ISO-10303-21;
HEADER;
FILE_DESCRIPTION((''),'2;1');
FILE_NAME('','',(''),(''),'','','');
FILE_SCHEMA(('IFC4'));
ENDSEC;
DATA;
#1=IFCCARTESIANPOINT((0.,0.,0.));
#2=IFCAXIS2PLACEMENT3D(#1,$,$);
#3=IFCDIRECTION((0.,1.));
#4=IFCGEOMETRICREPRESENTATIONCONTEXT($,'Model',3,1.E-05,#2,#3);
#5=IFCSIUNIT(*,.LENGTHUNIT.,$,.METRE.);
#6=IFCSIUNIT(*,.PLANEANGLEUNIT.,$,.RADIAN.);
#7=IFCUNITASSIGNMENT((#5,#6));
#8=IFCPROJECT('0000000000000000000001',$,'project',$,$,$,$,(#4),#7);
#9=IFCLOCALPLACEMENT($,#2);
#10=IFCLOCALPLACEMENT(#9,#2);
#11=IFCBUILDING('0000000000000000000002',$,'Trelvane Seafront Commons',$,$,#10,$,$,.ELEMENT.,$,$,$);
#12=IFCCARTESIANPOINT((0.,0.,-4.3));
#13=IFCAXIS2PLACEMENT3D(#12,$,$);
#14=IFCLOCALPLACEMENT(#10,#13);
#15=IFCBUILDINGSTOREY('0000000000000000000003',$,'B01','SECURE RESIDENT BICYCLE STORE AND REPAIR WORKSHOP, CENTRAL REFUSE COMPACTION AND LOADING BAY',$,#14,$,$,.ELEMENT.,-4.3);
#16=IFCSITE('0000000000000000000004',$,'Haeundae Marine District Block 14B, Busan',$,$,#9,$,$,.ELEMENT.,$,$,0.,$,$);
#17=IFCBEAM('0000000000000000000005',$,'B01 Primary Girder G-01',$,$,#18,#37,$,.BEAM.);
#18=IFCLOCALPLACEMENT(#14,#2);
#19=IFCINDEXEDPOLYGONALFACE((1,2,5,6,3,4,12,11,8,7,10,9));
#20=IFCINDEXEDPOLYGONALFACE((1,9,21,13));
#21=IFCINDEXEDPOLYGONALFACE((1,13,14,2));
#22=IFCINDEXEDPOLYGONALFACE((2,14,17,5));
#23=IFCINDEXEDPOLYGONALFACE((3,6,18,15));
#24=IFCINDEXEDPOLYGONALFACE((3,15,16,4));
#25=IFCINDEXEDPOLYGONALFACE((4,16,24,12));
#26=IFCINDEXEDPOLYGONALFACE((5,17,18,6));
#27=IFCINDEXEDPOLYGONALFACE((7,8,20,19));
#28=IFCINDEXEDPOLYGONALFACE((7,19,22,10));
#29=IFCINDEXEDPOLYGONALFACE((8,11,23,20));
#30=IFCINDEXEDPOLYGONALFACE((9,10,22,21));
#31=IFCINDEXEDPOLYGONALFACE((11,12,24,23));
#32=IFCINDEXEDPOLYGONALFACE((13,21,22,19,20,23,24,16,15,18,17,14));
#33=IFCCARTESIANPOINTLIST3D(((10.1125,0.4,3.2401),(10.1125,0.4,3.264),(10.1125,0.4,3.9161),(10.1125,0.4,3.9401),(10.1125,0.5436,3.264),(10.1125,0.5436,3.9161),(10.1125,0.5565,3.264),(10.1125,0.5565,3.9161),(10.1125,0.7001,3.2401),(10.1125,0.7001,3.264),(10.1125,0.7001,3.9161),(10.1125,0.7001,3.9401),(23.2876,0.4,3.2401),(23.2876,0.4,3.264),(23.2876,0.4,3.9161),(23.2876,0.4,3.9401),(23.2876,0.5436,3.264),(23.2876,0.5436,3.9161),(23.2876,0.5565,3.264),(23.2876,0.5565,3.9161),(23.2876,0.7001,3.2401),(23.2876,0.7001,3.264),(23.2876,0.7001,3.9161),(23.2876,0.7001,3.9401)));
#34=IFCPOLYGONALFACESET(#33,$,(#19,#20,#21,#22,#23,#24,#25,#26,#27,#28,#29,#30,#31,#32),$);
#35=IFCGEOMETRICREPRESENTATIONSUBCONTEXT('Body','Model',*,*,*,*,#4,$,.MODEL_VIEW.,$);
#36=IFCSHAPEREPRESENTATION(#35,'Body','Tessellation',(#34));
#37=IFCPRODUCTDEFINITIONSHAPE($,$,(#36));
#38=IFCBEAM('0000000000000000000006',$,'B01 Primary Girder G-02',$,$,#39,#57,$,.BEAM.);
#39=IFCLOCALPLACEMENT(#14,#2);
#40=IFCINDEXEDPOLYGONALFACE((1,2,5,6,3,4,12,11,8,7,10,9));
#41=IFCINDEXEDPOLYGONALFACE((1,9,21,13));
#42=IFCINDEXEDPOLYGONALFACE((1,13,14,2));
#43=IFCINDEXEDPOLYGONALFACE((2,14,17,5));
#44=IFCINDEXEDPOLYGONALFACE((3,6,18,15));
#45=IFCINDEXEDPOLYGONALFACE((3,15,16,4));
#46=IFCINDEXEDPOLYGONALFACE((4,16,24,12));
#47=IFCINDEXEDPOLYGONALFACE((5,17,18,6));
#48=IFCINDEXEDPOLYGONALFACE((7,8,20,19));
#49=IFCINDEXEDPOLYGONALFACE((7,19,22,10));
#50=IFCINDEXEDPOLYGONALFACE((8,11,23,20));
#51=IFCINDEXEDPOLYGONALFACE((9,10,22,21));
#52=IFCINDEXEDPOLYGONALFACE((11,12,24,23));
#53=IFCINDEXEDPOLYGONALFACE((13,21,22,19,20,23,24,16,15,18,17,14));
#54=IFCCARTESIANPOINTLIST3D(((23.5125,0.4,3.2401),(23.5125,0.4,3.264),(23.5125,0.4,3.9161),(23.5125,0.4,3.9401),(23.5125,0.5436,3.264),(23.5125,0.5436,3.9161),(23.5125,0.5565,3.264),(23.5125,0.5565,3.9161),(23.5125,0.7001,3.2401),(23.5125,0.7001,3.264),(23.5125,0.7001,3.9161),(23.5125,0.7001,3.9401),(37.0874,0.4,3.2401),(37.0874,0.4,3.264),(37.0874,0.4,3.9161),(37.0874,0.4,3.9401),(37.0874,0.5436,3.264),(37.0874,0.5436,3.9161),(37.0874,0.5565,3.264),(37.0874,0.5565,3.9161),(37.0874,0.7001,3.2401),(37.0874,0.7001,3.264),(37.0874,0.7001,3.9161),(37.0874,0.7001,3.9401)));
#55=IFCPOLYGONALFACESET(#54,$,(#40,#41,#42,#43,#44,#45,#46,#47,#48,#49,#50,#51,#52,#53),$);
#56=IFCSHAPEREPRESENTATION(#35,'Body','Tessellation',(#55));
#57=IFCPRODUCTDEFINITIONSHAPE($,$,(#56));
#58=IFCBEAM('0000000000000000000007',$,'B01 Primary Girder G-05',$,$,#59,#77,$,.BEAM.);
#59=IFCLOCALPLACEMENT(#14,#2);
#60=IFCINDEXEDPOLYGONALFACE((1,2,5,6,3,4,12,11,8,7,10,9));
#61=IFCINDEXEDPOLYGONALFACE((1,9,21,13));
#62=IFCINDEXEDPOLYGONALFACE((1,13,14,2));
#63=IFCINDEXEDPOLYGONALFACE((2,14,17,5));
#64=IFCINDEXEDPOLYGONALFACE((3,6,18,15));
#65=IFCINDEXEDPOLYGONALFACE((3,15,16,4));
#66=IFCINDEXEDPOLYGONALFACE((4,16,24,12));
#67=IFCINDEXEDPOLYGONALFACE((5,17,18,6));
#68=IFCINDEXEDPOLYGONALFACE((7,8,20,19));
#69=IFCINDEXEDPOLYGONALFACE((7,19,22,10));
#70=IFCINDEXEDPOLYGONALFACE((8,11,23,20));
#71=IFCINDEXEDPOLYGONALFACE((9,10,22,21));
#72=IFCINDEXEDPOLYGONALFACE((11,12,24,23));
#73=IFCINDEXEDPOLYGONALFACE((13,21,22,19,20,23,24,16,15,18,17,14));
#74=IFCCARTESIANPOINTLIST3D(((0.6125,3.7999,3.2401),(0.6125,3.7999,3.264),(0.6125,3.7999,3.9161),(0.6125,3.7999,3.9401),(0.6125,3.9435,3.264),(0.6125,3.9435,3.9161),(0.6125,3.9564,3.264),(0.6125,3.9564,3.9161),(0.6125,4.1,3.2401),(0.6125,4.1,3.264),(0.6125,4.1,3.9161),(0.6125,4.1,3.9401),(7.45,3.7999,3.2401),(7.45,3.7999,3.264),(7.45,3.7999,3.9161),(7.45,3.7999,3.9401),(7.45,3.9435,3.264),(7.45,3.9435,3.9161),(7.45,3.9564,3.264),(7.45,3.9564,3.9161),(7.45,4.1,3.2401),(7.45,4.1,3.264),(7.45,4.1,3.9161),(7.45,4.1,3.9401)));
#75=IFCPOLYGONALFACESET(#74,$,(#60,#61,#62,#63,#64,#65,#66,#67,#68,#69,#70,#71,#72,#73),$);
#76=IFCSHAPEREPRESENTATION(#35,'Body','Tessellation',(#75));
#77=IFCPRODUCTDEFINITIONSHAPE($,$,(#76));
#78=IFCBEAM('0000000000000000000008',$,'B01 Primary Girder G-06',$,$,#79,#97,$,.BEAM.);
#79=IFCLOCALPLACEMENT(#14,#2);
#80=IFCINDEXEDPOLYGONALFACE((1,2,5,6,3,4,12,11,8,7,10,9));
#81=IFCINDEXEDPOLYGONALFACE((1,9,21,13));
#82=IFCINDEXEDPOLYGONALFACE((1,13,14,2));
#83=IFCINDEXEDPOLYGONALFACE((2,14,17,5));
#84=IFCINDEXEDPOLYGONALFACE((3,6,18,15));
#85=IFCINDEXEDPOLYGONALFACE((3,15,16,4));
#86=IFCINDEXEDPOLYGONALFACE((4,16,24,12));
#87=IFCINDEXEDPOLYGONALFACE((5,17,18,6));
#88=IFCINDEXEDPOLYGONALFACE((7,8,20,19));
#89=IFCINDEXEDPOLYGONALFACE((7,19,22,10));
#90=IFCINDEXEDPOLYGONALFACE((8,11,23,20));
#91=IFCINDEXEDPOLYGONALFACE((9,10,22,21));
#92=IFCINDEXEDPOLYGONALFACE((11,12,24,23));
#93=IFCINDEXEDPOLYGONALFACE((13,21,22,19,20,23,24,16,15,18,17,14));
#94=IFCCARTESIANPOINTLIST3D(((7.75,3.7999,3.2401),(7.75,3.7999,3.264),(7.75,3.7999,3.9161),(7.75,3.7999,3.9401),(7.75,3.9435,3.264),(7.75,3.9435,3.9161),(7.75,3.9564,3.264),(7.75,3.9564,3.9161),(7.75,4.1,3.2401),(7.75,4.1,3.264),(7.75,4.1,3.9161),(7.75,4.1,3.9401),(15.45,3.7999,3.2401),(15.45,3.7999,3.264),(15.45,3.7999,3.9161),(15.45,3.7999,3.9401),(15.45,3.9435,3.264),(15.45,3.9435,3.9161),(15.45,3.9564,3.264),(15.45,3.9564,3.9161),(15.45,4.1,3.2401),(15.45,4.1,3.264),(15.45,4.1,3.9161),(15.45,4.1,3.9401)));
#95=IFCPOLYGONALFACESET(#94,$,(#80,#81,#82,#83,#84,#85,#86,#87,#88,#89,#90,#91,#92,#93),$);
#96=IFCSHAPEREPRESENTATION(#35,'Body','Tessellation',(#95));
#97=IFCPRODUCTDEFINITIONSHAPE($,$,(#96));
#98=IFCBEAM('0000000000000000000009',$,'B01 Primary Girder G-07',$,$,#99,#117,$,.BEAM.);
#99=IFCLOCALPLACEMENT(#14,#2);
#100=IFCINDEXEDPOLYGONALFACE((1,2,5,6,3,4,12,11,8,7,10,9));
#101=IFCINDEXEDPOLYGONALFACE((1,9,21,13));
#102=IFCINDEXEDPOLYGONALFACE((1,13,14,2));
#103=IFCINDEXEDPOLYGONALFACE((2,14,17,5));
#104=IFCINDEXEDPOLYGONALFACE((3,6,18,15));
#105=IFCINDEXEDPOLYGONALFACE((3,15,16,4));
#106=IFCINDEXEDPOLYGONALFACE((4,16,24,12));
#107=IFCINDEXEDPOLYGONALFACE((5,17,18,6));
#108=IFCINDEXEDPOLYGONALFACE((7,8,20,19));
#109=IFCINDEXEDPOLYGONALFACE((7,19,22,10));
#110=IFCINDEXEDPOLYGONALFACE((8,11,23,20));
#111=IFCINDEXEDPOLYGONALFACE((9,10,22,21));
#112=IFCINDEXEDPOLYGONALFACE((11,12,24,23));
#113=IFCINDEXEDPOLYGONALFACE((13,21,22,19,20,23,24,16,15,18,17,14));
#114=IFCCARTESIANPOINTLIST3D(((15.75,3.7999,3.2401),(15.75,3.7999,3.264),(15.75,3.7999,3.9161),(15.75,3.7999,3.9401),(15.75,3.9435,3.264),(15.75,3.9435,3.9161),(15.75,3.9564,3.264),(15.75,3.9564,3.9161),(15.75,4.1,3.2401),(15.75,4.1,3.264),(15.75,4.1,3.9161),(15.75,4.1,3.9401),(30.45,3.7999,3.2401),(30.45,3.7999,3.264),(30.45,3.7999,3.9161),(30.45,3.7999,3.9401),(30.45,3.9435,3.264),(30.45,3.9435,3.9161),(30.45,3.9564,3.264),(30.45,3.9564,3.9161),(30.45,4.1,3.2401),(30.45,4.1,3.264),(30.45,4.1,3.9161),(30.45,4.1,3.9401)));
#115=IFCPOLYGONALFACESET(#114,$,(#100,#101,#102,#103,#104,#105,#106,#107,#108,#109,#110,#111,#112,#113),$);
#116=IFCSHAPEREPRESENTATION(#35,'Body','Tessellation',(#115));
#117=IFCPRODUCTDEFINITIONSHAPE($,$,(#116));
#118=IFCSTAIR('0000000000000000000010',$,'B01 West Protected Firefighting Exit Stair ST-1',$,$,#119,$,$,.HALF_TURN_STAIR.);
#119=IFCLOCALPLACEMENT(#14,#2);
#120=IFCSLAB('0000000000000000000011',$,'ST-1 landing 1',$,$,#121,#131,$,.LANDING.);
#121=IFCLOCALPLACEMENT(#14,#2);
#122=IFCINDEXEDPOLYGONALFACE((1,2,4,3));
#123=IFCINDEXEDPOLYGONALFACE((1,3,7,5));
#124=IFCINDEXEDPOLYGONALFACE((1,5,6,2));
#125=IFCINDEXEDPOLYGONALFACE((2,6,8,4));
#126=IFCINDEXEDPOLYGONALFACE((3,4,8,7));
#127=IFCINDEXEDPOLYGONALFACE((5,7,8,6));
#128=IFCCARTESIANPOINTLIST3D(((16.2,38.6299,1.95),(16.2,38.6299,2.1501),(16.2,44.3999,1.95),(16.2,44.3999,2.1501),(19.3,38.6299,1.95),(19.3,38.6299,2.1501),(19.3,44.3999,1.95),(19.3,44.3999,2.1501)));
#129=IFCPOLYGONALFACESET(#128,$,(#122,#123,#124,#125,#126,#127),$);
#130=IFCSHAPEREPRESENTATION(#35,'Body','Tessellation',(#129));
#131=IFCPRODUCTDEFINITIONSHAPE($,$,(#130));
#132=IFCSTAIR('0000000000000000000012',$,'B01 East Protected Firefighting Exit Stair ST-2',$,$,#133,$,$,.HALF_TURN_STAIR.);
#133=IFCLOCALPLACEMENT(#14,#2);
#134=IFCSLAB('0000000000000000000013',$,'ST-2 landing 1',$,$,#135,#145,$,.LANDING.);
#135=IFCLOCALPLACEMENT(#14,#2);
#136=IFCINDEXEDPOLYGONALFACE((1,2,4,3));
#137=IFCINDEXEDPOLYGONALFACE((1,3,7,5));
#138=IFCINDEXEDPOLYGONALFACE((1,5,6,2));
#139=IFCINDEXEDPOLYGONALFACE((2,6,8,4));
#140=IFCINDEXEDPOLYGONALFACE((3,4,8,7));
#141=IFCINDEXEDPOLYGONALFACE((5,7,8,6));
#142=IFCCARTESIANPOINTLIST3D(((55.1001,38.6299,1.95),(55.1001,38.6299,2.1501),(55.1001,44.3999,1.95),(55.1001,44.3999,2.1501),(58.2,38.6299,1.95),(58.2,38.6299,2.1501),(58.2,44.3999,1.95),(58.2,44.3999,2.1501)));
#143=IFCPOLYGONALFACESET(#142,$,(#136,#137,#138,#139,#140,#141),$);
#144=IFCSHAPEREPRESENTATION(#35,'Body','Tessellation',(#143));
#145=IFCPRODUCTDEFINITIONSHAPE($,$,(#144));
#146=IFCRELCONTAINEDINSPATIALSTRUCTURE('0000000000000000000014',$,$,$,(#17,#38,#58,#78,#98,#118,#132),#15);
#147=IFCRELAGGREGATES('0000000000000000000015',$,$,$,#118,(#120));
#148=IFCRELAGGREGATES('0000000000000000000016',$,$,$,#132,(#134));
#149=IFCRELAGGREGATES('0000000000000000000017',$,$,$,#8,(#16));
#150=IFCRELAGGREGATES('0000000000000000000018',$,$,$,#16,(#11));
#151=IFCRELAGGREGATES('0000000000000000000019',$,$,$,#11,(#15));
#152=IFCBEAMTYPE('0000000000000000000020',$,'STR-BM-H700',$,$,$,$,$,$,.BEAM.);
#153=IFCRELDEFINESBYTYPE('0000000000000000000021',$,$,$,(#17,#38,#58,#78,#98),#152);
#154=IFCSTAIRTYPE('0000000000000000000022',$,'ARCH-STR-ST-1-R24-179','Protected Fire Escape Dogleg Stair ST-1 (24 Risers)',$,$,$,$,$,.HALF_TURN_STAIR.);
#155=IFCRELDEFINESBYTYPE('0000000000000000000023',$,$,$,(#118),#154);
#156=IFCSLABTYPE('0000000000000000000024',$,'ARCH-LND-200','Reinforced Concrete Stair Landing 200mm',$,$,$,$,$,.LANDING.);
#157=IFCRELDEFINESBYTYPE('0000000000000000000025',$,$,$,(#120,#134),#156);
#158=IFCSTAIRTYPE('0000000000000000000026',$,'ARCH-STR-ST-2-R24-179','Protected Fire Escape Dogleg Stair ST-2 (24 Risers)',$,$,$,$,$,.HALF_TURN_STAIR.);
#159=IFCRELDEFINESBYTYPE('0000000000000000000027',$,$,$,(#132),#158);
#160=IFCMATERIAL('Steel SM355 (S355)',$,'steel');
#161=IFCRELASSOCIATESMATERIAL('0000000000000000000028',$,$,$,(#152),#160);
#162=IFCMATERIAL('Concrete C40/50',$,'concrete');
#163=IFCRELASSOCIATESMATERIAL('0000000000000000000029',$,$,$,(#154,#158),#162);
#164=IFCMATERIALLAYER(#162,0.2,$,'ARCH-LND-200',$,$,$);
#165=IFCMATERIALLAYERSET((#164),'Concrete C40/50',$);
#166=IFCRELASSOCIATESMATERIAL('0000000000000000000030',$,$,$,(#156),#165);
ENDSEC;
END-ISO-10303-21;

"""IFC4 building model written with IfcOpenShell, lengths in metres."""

from ifc_helpers import new_model, si_unit, direction, frame, origin, origin_2d, place, context, subcontext, project, spatial, polyline, i_section, outline, extrude, source, transform, mapped, material, layer, layer_set, material_profile, profile_set, type_object, element, aggregate, save


model = new_model("IFC4")

# Units and contexts
model_context = context("Model", 3, precision=1e-05, world=origin(), true_north=direction((0.0, 1.0)))
body_context = subcontext(model_context, "Body", "Model", "MODEL_VIEW")
ifc_project = project(units=[si_unit("LENGTHUNIT", "METRE"), si_unit("PLANEANGLEUNIT", "RADIAN")], contexts=[model_context])

# Site, building, storey
site_placement = place(None, origin())
site = spatial("IfcSite", under=ifc_project, at=site_placement, Name="Haeundae Marine District Block 14B, Busan", CompositionType="ELEMENT", RefElevation=0.0)
building_placement = place(site_placement, origin())
building = spatial("IfcBuilding", under=site, at=building_placement, Name="Trelvane Seafront Commons", CompositionType="ELEMENT")
storey_placement = place(building_placement, frame((0.0, 0.0, -4.3)))
storey = spatial("IfcBuildingStorey", under=building, at=storey_placement, Name="B01", Description="SECURE RESIDENT BICYCLE STORE AND REPAIR WORKSHOP, CENTRAL REFUSE COMPACTION AND LOADING BAY", CompositionType="ELEMENT", Elevation=-4.3)

# Beams
ifc_material_1 = material(Name="Steel SM355 (S355)", Category="steel")
ifc_material_profile_1 = material_profile(ifc_material_1, i_section(OverallWidth=0.3, OverallDepth=0.7, WebThickness=0.0129, FlangeThickness=0.0239, at=origin_2d()), Name="H-700x300x13x24")
ifc_profile_set_1 = profile_set([ifc_material_profile_1], Name="Steel SM355 (S355)")
beam_type_1 = type_object("IfcBeamType", Name="STR-BM-H700", PredefinedType="BEAM", material=ifc_profile_set_1)
shared_shape_1 = source(origin(), body_context, "Body", "SweptSolid", [
    extrude(i_section(OverallWidth=0.3, OverallDepth=0.7, WebThickness=0.0129, FlangeThickness=0.0239, at=origin_2d()), origin(), (0.0, 0.0, 1.0), 13.175),
])
beam_1_placement = place(storey_placement, frame((10.1125, 0.55, 3.5901), z_axis=(1.0, 0.0, 0.0), x_axis=(0.0, 1.0, 0.0)))
element("IfcBeam", 1, at=beam_1_placement, inside=storey, type_object=beam_type_1, Name="B01 Primary Girder G-01", PredefinedType="BEAM", context=body_context, shape_type="MappedRepresentation", body=[
    mapped(shared_shape_1, transform((0.0, 0.0, 0.0), x_axis=(1.0, 0.0, 0.0), y_axis=(0.0, 1.0, 0.0), z_axis=(0.0, 0.0, 1.0), scale=1.0)),
])
shared_shape_2 = source(origin(), body_context, "Body", "SweptSolid", [
    extrude(i_section(OverallWidth=0.3, OverallDepth=0.7, WebThickness=0.0129, FlangeThickness=0.0239, at=origin_2d()), origin(), (0.0, 0.0, 1.0), 13.575),
])
beam_2_placement = place(storey_placement, frame((23.5125, 0.55, 3.5901), z_axis=(1.0, 0.0, 0.0), x_axis=(0.0, 1.0, 0.0)))
element("IfcBeam", 2, at=beam_2_placement, inside=storey, type_object=beam_type_1, Name="B01 Primary Girder G-02", PredefinedType="BEAM", context=body_context, shape_type="MappedRepresentation", body=[
    mapped(shared_shape_2, transform((0.0, 0.0, 0.0), x_axis=(1.0, 0.0, 0.0), y_axis=(0.0, 1.0, 0.0), z_axis=(0.0, 0.0, 1.0), scale=1.0)),
])
shared_shape_3 = source(origin(), body_context, "Body", "SweptSolid", [
    extrude(i_section(OverallWidth=0.3, OverallDepth=0.7, WebThickness=0.0129, FlangeThickness=0.0239, at=origin_2d()), origin(), (0.0, 0.0, 1.0), 6.8374),
])
beam_3_placement = place(storey_placement, frame((0.6125, 3.95, 3.5901), z_axis=(1.0, 0.0, 0.0), x_axis=(0.0, 1.0, 0.0)))
element("IfcBeam", 3, at=beam_3_placement, inside=storey, type_object=beam_type_1, Name="B01 Primary Girder G-05", PredefinedType="BEAM", context=body_context, shape_type="MappedRepresentation", body=[
    mapped(shared_shape_3, transform((0.0, 0.0, 0.0), x_axis=(1.0, 0.0, 0.0), y_axis=(0.0, 1.0, 0.0), z_axis=(0.0, 0.0, 1.0), scale=1.0)),
])
shared_shape_4 = source(origin(), body_context, "Body", "SweptSolid", [
    extrude(i_section(OverallWidth=0.3, OverallDepth=0.7, WebThickness=0.0129, FlangeThickness=0.0239, at=origin_2d()), origin(), (0.0, 0.0, 1.0), 7.7),
])
beam_4_placement = place(storey_placement, frame((7.75, 3.95, 3.5901), z_axis=(1.0, 0.0, 0.0), x_axis=(0.0, 1.0, 0.0)))
element("IfcBeam", 4, at=beam_4_placement, inside=storey, type_object=beam_type_1, Name="B01 Primary Girder G-06", PredefinedType="BEAM", context=body_context, shape_type="MappedRepresentation", body=[
    mapped(shared_shape_4, transform((0.0, 0.0, 0.0), x_axis=(1.0, 0.0, 0.0), y_axis=(0.0, 1.0, 0.0), z_axis=(0.0, 0.0, 1.0), scale=1.0)),
])
shared_shape_5 = source(origin(), body_context, "Body", "SweptSolid", [
    extrude(i_section(OverallWidth=0.3, OverallDepth=0.7, WebThickness=0.0129, FlangeThickness=0.0239, at=origin_2d()), origin(), (0.0, 0.0, 1.0), 14.7),
])
beam_5_placement = place(storey_placement, frame((15.75, 3.95, 3.5901), z_axis=(1.0, 0.0, 0.0), x_axis=(0.0, 1.0, 0.0)))
element("IfcBeam", 5, at=beam_5_placement, inside=storey, type_object=beam_type_1, Name="B01 Primary Girder G-07", PredefinedType="BEAM", context=body_context, shape_type="MappedRepresentation", body=[
    mapped(shared_shape_5, transform((0.0, 0.0, 0.0), x_axis=(1.0, 0.0, 0.0), y_axis=(0.0, 1.0, 0.0), z_axis=(0.0, 0.0, 1.0), scale=1.0)),
])

# Stairs, slabs
ifc_material_2 = material(Name="Concrete C40/50", Category="concrete")
stair_type_1 = type_object("IfcStairType", Name="ARCH-STR-ST-1-R24-179", Description="Protected Fire Escape Dogleg Stair ST-1 (24 Risers)", PredefinedType="HALF_TURN_STAIR", material=ifc_material_2)
stair_1_placement = place(storey_placement, origin())
stair_1 = element("IfcStair", 6, at=stair_1_placement, inside=storey, type_object=stair_type_1, Name="B01 West Protected Firefighting Exit Stair ST-1", PredefinedType="HALF_TURN_STAIR")
ifc_layer_1 = layer(ifc_material_2, 0.2, Name="ARCH-LND-200")
ifc_layer_set_1 = layer_set([ifc_layer_1], Name="Concrete C40/50")
slab_type_1 = type_object("IfcSlabType", Name="ARCH-LND-200", Description="Reinforced Concrete Stair Landing 200mm", PredefinedType="LANDING", material=ifc_layer_set_1)
slab_1_placement = place(storey_placement, frame((0.0, 0.0, 1.95)))
slab_1 = element("IfcSlab", 7, at=slab_1_placement, type_object=slab_type_1, Name="ST-1 landing 1", PredefinedType="LANDING", context=body_context, shape_type="SweptSolid", body=[
    extrude(outline(polyline([(19.3, 38.6299), (19.3, 44.3999), (16.2, 44.3999), (16.2, 38.6299), (19.3, 38.6299)])), origin(), (0.0, 0.0, 1.0), 0.2002),
])
aggregate(stair_1, [slab_1])
stair_type_2 = type_object("IfcStairType", Name="ARCH-STR-ST-2-R24-179", Description="Protected Fire Escape Dogleg Stair ST-2 (24 Risers)", PredefinedType="HALF_TURN_STAIR", material=ifc_material_2)
stair_2_placement = place(storey_placement, origin())
stair_2 = element("IfcStair", 8, at=stair_2_placement, inside=storey, type_object=stair_type_2, Name="B01 East Protected Firefighting Exit Stair ST-2", PredefinedType="HALF_TURN_STAIR")
slab_2_placement = place(storey_placement, frame((0.0, 0.0, 1.95)))
slab_2 = element("IfcSlab", 9, at=slab_2_placement, type_object=slab_type_1, Name="ST-2 landing 1", PredefinedType="LANDING", context=body_context, shape_type="SweptSolid", body=[
    extrude(outline(polyline([(58.2, 38.6299), (58.2, 44.3999), (55.1001, 44.3999), (55.1001, 38.6299), (58.2, 38.6299)])), origin(), (0.0, 0.0, 1.0), 0.2002),
])
aggregate(stair_2, [slab_2])

save(model, "model.ifc")
